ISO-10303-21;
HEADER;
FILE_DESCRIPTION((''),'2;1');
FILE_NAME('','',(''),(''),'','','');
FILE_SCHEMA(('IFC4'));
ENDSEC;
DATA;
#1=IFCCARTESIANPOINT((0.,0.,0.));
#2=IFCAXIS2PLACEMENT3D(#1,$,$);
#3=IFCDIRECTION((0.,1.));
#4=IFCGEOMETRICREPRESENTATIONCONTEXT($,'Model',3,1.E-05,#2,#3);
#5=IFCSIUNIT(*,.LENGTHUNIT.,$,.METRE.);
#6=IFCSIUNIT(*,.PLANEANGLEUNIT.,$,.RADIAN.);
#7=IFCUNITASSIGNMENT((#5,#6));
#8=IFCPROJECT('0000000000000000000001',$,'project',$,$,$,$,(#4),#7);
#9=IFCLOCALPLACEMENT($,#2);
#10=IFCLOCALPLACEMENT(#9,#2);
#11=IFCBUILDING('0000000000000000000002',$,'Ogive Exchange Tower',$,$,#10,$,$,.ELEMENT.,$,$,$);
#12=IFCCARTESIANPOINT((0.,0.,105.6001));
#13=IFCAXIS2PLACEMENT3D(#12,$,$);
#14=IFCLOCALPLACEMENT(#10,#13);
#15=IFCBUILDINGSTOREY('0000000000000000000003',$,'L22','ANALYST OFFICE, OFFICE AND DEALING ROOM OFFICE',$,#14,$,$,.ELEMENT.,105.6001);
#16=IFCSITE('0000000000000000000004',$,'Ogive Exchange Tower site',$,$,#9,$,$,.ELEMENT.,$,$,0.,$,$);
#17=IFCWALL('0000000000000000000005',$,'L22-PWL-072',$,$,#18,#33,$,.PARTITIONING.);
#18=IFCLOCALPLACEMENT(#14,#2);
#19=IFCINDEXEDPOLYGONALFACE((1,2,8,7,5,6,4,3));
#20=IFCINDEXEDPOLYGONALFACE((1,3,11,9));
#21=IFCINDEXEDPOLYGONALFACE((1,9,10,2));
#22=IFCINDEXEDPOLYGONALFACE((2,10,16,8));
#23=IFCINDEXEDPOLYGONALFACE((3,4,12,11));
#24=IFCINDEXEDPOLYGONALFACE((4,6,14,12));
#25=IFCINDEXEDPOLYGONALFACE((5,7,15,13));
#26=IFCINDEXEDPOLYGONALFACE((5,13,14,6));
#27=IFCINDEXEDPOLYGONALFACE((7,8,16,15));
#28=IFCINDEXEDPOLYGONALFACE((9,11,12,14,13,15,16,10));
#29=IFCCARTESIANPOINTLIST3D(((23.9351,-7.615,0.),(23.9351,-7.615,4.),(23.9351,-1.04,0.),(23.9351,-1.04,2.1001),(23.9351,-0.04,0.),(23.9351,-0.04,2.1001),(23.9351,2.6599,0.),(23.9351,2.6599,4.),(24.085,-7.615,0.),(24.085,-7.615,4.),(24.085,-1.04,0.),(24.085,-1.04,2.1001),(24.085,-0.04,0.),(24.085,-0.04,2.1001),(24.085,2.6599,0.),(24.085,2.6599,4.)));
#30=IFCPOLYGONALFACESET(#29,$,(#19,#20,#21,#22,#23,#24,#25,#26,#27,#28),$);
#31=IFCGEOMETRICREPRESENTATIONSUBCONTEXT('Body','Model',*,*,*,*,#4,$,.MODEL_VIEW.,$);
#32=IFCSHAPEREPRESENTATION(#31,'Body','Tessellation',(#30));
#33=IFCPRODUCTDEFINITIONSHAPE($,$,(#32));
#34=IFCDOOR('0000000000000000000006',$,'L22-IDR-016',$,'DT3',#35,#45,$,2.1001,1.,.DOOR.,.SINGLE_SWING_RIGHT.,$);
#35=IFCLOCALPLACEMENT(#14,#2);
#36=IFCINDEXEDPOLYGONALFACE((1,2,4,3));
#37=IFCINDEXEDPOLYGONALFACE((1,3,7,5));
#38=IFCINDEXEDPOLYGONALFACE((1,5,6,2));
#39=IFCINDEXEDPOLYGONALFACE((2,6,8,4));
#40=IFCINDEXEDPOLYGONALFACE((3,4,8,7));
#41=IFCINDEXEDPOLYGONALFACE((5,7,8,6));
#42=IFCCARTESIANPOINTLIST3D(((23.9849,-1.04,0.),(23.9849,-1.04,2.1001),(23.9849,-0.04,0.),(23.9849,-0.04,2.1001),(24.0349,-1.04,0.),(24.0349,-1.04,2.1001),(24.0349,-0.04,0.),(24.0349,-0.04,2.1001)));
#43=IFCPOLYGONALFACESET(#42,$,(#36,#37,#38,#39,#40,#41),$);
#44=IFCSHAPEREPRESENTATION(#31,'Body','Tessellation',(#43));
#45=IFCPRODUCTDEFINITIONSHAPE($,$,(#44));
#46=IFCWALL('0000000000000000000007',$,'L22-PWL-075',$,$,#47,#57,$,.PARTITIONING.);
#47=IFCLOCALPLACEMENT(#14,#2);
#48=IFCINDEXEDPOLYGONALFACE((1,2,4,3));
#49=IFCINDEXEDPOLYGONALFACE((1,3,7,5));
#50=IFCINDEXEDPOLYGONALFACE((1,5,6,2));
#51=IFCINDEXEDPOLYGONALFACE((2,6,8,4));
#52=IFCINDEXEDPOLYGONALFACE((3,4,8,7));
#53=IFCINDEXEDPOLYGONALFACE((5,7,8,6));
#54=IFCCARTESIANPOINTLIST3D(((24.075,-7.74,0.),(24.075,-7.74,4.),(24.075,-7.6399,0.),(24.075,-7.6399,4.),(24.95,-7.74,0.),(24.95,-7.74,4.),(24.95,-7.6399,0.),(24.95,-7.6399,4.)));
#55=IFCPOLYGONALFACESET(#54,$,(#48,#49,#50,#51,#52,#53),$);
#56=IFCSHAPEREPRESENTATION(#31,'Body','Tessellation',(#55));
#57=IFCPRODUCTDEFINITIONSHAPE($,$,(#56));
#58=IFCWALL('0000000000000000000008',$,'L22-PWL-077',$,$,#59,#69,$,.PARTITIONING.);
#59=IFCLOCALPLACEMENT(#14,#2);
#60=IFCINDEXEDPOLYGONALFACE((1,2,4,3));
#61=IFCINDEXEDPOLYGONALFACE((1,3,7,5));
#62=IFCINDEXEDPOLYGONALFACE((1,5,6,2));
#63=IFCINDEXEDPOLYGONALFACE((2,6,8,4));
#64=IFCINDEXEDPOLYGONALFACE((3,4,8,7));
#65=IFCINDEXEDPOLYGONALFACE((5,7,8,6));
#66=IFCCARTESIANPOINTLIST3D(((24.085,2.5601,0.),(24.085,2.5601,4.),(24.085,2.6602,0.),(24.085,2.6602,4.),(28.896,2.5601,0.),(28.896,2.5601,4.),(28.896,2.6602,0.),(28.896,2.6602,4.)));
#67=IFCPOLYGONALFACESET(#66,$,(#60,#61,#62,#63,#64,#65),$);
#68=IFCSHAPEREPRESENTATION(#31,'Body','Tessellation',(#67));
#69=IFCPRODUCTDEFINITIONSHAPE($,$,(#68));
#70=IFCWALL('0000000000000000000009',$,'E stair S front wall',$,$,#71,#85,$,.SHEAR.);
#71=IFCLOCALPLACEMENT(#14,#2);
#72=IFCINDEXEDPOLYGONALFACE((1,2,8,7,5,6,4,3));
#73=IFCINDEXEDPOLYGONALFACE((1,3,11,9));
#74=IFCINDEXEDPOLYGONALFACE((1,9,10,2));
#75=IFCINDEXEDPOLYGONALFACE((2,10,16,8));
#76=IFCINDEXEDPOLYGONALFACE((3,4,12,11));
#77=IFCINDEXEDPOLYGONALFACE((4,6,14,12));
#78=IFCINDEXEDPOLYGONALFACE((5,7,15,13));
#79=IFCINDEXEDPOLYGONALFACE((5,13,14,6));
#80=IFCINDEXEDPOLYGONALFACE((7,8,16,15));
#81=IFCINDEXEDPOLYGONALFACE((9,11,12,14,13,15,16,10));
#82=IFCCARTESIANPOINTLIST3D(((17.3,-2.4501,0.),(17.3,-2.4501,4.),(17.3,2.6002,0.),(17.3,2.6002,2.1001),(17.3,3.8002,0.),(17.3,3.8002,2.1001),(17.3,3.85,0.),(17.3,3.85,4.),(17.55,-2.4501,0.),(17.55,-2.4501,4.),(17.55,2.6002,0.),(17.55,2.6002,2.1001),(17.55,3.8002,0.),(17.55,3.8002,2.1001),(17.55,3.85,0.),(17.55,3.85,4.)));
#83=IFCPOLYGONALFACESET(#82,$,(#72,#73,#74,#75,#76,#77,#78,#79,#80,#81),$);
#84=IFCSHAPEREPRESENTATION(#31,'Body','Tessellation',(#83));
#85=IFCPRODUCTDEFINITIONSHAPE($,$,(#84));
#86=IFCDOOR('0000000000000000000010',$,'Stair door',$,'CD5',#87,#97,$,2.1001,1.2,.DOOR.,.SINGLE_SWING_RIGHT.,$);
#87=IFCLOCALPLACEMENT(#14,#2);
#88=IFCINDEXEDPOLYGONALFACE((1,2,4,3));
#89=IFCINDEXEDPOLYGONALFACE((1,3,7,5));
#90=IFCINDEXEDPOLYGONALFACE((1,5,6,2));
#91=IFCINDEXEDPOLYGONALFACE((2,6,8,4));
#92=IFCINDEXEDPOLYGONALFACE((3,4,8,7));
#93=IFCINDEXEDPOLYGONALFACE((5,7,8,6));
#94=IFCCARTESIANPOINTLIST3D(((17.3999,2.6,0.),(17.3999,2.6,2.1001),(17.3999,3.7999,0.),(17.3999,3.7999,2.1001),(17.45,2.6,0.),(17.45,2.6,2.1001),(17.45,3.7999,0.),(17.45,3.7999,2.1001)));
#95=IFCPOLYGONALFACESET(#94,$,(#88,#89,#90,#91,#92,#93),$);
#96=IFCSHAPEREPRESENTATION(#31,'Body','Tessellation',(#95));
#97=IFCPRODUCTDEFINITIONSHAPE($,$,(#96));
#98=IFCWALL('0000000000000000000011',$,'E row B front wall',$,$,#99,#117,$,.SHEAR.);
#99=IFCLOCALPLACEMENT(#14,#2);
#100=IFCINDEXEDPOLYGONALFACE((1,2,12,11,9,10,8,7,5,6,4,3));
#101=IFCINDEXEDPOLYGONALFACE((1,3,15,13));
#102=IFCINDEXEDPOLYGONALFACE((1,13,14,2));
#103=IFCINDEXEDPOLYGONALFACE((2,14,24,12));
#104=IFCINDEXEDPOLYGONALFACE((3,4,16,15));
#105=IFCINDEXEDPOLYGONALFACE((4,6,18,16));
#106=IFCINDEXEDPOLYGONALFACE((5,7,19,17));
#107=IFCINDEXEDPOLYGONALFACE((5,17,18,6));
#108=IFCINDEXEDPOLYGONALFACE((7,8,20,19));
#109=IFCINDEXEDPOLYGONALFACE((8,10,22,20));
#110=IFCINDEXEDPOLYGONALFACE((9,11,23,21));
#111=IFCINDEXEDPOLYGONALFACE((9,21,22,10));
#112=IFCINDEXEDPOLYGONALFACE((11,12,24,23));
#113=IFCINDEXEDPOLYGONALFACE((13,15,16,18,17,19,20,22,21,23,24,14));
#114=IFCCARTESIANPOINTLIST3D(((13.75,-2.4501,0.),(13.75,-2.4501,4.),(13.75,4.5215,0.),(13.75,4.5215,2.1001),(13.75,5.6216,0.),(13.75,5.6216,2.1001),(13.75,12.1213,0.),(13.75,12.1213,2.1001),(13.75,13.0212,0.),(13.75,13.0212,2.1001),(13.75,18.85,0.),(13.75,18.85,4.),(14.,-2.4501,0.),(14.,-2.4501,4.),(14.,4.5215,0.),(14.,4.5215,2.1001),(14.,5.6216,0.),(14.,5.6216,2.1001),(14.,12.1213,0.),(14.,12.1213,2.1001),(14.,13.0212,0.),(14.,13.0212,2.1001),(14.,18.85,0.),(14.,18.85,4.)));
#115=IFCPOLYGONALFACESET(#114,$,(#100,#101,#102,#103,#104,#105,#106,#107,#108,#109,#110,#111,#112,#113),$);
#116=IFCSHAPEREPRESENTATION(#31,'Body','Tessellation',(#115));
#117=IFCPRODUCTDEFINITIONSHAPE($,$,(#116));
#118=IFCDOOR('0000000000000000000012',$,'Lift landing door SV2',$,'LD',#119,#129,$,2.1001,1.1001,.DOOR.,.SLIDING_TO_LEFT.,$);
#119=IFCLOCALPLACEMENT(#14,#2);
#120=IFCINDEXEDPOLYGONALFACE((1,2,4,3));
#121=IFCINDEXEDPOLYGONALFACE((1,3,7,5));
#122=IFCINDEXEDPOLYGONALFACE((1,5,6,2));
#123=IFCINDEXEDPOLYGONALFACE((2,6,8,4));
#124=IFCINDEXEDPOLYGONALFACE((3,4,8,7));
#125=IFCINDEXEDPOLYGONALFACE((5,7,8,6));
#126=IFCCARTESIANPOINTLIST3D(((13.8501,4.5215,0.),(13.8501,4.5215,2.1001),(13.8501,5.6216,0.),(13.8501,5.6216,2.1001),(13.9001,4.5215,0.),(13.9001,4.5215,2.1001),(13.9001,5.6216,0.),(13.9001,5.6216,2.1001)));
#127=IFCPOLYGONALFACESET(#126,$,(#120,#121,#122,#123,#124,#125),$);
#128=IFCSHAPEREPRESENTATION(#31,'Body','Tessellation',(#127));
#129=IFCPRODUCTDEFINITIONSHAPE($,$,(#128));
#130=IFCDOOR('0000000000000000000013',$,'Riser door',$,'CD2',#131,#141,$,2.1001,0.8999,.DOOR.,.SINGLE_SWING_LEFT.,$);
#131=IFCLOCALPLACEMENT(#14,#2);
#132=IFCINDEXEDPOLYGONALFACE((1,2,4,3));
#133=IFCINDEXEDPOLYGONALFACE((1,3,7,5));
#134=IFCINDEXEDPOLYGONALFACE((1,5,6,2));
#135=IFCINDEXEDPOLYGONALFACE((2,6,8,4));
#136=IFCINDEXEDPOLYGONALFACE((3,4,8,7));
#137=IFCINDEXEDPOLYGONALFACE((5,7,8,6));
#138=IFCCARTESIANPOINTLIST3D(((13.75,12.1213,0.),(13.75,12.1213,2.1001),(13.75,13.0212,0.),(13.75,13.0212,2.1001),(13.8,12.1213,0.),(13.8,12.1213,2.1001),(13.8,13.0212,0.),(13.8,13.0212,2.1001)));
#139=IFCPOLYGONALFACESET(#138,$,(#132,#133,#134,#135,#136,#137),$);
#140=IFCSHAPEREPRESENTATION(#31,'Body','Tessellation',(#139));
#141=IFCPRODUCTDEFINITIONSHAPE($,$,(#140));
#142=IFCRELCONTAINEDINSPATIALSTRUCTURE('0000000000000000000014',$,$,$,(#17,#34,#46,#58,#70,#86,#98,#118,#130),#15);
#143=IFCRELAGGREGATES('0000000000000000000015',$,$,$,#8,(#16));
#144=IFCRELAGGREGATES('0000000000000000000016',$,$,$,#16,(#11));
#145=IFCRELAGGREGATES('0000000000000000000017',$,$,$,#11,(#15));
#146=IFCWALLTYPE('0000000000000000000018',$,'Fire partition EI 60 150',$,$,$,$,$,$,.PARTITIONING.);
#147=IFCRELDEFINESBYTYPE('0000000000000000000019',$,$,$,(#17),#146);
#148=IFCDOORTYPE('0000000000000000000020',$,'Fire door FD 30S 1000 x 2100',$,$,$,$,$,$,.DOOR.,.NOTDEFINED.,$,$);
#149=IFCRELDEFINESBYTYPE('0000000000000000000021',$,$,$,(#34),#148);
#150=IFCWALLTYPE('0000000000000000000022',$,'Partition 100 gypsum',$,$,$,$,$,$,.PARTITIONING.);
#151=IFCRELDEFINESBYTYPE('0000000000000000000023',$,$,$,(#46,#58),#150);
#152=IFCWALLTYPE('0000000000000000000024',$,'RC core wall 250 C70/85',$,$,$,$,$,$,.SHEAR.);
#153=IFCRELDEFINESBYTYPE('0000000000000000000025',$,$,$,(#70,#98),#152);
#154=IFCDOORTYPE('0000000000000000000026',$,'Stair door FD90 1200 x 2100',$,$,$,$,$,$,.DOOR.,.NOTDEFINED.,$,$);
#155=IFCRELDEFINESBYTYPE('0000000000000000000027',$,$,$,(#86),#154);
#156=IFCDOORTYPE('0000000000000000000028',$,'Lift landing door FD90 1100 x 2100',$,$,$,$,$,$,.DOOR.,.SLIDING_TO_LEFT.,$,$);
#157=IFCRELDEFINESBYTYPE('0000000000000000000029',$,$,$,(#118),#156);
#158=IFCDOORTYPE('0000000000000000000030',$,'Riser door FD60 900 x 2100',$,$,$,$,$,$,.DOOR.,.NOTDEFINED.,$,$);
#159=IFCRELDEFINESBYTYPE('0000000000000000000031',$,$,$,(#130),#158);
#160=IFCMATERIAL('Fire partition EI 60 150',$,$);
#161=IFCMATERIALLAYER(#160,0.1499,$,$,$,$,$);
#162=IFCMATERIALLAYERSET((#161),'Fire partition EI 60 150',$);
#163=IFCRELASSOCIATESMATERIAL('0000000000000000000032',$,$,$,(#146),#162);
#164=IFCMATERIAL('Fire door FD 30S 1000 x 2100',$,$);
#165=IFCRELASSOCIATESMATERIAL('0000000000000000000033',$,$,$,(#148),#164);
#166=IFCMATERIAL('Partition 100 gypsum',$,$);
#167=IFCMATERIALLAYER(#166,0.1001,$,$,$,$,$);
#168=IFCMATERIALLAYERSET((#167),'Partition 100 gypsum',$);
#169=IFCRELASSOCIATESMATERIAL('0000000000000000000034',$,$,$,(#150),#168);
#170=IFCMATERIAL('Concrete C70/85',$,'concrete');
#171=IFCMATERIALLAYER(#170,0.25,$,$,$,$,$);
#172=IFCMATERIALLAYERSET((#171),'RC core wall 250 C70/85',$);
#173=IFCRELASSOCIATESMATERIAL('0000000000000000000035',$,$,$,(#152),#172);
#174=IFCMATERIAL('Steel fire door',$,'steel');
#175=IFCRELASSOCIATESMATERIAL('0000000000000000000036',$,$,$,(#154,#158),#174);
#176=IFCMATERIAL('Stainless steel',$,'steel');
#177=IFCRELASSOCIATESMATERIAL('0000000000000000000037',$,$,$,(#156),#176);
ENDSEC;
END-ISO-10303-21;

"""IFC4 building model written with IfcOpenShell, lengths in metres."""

from ifc_helpers import new_model, si_unit, direction, frame, frame_2d, origin, place, context, subcontext, project, spatial, rectangle, extrude, material, layer, layer_set, type_object, element, fill, save


model = new_model("IFC4")

# Units and contexts
model_context = context("Model", 3, precision=1e-05, world=origin(), true_north=direction((0.0, 1.0)))
body_context = subcontext(model_context, "Body", "Model", "MODEL_VIEW")
ifc_project = project(units=[si_unit("LENGTHUNIT", "METRE"), si_unit("PLANEANGLEUNIT", "RADIAN")], contexts=[model_context])

# Site, building, storey
site_placement = place(None, origin())
site = spatial("IfcSite", under=ifc_project, at=site_placement, Name="Ogive Exchange Tower site", CompositionType="ELEMENT", RefElevation=0.0)
building_placement = place(site_placement, origin())
building = spatial("IfcBuilding", under=site, at=building_placement, Name="Ogive Exchange Tower", CompositionType="ELEMENT")
storey_placement = place(building_placement, frame((0.0, 0.0, 105.6001)))
storey = spatial("IfcBuildingStorey", under=building, at=storey_placement, Name="L22", Description="ANALYST OFFICE, OFFICE AND DEALING ROOM OFFICE", CompositionType="ELEMENT", Elevation=105.6001)

# Shared definitions
ifc_material_1 = material(Name="Fire partition EI 60 150")
ifc_layer_1 = layer(ifc_material_1, 0.1499)
ifc_layer_set_1 = layer_set([ifc_layer_1], Name="Fire partition EI 60 150")
wall_type_1 = type_object("IfcWallType", Name="Fire partition EI 60 150", PredefinedType="PARTITIONING", material=ifc_layer_set_1)

# Wall, opening, door
ifc_material_2 = material(Name="Fire door FD 30S 1000 x 2100")
door_type_1 = type_object("IfcDoorType", Name="Fire door FD 30S 1000 x 2100", OperationType="NOTDEFINED", PredefinedType="DOOR", material=ifc_material_2)
wall_1_placement = place(storey_placement, frame((24.01, 2.6599, 0.0), z_axis=(0.0, 0.0, 1.0), x_axis=(0.0, -1.0, 0.0)))
wall_1 = element("IfcWall", 1, at=wall_1_placement, inside=storey, type_object=wall_type_1, Name="L22-PWL-072", PredefinedType="PARTITIONING", context=body_context, shape_type="SweptSolid", body=[
    extrude(rectangle(XDim=10.2749, YDim=0.1499, at=frame_2d((5.1375, 0.0))), origin(), (0.0, 0.0, 1.0), 4.0),
])
opening_1_placement = place(wall_1_placement, frame((2.7, 0.0, 0.0)))
opening_1 = element("IfcOpeningElement", 2, at=opening_1_placement, cuts=wall_1, PredefinedType="OPENING", context=body_context, shape_type="SweptSolid", body=[
    extrude(rectangle(XDim=1.0, YDim=2.1001, at=frame_2d((0.5, 1.05))), frame((0.0, 0.085, 0.0), z_axis=(0.0, -1.0, 0.0), x_axis=(1.0, 0.0, 0.0)), (0.0, 0.0, 1.0), 0.1699),
])
door_1_placement = place(opening_1_placement, origin())
door_1 = element("IfcDoor", 3, at=door_1_placement, inside=storey, type_object=door_type_1, Name="L22-IDR-016", ObjectType="DT3", OperationType="SINGLE_SWING_RIGHT", OverallHeight=2.1001, OverallWidth=1.0, PredefinedType="DOOR", context=body_context, shape_type="SweptSolid", body=[
    extrude(rectangle(XDim=1.0, YDim=2.1001, at=frame_2d((0.5, 1.05))), frame((0.0, 0.0249, 0.0), z_axis=(0.0, -1.0, 0.0), x_axis=(1.0, 0.0, 0.0)), (0.0, 0.0, 1.0), 0.05),
])
fill(opening_1, door_1)

# Walls
ifc_material_3 = material(Name="Partition 100 gypsum")
ifc_layer_2 = layer(ifc_material_3, 0.1001)
ifc_layer_set_2 = layer_set([ifc_layer_2], Name="Partition 100 gypsum")
wall_type_2 = type_object("IfcWallType", Name="Partition 100 gypsum", PredefinedType="PARTITIONING", material=ifc_layer_set_2)
wall_2_placement = place(storey_placement, frame((24.95, -7.6899, 0.0), z_axis=(0.0, 0.0, 1.0), x_axis=(-1.0, 0.0, 0.0)))
element("IfcWall", 4, at=wall_2_placement, inside=storey, type_object=wall_type_2, Name="L22-PWL-075", PredefinedType="PARTITIONING", context=body_context, shape_type="SweptSolid", body=[
    extrude(rectangle(XDim=0.875, YDim=0.1001, at=frame_2d((0.4375, 0.0))), origin(), (0.0, 0.0, 1.0), 4.0),
])
wall_3_placement = place(storey_placement, frame((28.896, 2.6101, 0.0), z_axis=(0.0, 0.0, 1.0), x_axis=(-1.0, 0.0, 0.0)))
element("IfcWall", 5, at=wall_3_placement, inside=storey, type_object=wall_type_2, Name="L22-PWL-077", PredefinedType="PARTITIONING", context=body_context, shape_type="SweptSolid", body=[
    extrude(rectangle(XDim=4.811, YDim=0.1001, at=frame_2d((2.4055, 0.0))), origin(), (0.0, 0.0, 1.0), 4.0),
])

# Wall, opening, door
ifc_material_4 = material(Name="Concrete C70/85", Category="concrete")
ifc_layer_3 = layer(ifc_material_4, 0.25)
ifc_layer_set_3 = layer_set([ifc_layer_3], Name="RC core wall 250 C70/85")
wall_type_3 = type_object("IfcWallType", Name="RC core wall 250 C70/85", PredefinedType="SHEAR", material=ifc_layer_set_3)
wall_4_placement = place(storey_placement, frame((17.425, -2.45, 0.0), z_axis=(0.0, 0.0, 1.0), x_axis=(0.0, 1.0, 0.0)))
wall_4 = element("IfcWall", 6, at=wall_4_placement, inside=storey, type_object=wall_type_3, Name="E stair S front wall", PredefinedType="SHEAR", context=body_context, shape_type="SweptSolid", body=[
    extrude(rectangle(XDim=6.3, YDim=0.25, at=frame_2d((3.1499, 0.0))), origin(), (0.0, 0.0, 1.0), 4.0),
])
opening_2_placement = place(wall_4_placement, frame((5.05, 0.0, 0.0)))
opening_2 = element("IfcOpeningElement", 7, at=opening_2_placement, cuts=wall_4, PredefinedType="OPENING", context=body_context, shape_type="SweptSolid", body=[
    extrude(rectangle(XDim=1.2, YDim=2.1001, at=frame_2d((0.6001, 1.05))), frame((0.0, 0.135, 0.0), z_axis=(0.0, -1.0, 0.0), x_axis=(1.0, 0.0, 0.0)), (0.0, 0.0, 1.0), 0.27),
])
ifc_material_5 = material(Name="Steel fire door", Category="steel")
door_type_2 = type_object("IfcDoorType", Name="Stair door FD90 1200 x 2100", OperationType="NOTDEFINED", PredefinedType="DOOR", material=ifc_material_5)
door_2_placement = place(opening_2_placement, frame((1.2, 0.0, 0.0), z_axis=(0.0, 0.0, 1.0), x_axis=(-1.0, 0.0, 0.0)))
door_2 = element("IfcDoor", 8, at=door_2_placement, inside=storey, type_object=door_type_2, Name="Stair door", ObjectType="CD5", OperationType="SINGLE_SWING_RIGHT", OverallHeight=2.1001, OverallWidth=1.2, PredefinedType="DOOR", context=body_context, shape_type="SweptSolid", body=[
    extrude(rectangle(XDim=1.2, YDim=2.1001, at=frame_2d((0.6001, 1.05))), frame((0.0, 0.0249, 0.0), z_axis=(0.0, -1.0, 0.0), x_axis=(1.0, 0.0, 0.0)), (0.0, 0.0, 1.0), 0.05),
])
fill(opening_2, door_2)

# Wall, openings, doors
wall_5_placement = place(storey_placement, frame((13.875, -2.45, 0.0), z_axis=(0.0, 0.0, 1.0), x_axis=(0.0, 1.0, 0.0)))
wall_5 = element("IfcWall", 9, at=wall_5_placement, inside=storey, type_object=wall_type_3, Name="E row B front wall", PredefinedType="SHEAR", context=body_context, shape_type="SweptSolid", body=[
    extrude(rectangle(XDim=21.3, YDim=0.25, at=frame_2d((10.6499, 0.0))), origin(), (0.0, 0.0, 1.0), 4.0),
])
opening_3_placement = place(wall_5_placement, frame((14.5713, 0.0, 0.0)))
opening_3 = element("IfcOpeningElement", 10, at=opening_3_placement, cuts=wall_5, PredefinedType="OPENING", context=body_context, shape_type="SweptSolid", body=[
    extrude(rectangle(XDim=0.8999, YDim=2.1001, at=frame_2d((0.45, 1.05))), frame((0.0, 0.135, 0.0), z_axis=(0.0, -1.0, 0.0), x_axis=(1.0, 0.0, 0.0)), (0.0, 0.0, 1.0), 0.27),
])
opening_4_placement = place(wall_5_placement, frame((6.9714, 0.0, 0.0)))
opening_4 = element("IfcOpeningElement", 11, at=opening_4_placement, cuts=wall_5, PredefinedType="OPENING", context=body_context, shape_type="SweptSolid", body=[
    extrude(rectangle(XDim=1.1001, YDim=2.1001, at=frame_2d((0.55, 1.05))), frame((0.0, 0.135, 0.0), z_axis=(0.0, -1.0, 0.0), x_axis=(1.0, 0.0, 0.0)), (0.0, 0.0, 1.0), 0.27),
])
ifc_material_6 = material(Name="Stainless steel", Category="steel")
door_type_3 = type_object("IfcDoorType", Name="Lift landing door FD90 1100 x 2100", OperationType="SLIDING_TO_LEFT", PredefinedType="DOOR", material=ifc_material_6)
door_3_placement = place(opening_4_placement, origin())
door_3 = element("IfcDoor", 12, at=door_3_placement, inside=storey, type_object=door_type_3, Name="Lift landing door SV2", ObjectType="LD", OperationType="SLIDING_TO_LEFT", OverallHeight=2.1001, OverallWidth=1.1001, PredefinedType="DOOR", context=body_context, shape_type="SweptSolid", body=[
    extrude(rectangle(XDim=1.1001, YDim=2.1001, at=frame_2d((0.55, 1.05))), frame((0.0, 0.0249, 0.0), z_axis=(0.0, -1.0, 0.0), x_axis=(1.0, 0.0, 0.0)), (0.0, 0.0, 1.0), 0.05),
])
fill(opening_4, door_3)
door_type_4 = type_object("IfcDoorType", Name="Riser door FD60 900 x 2100", OperationType="NOTDEFINED", PredefinedType="DOOR", material=ifc_material_5)
door_4_placement = place(opening_3_placement, origin())
door_4 = element("IfcDoor", 13, at=door_4_placement, inside=storey, type_object=door_type_4, Name="Riser door", ObjectType="CD2", OperationType="SINGLE_SWING_LEFT", OverallHeight=2.1001, OverallWidth=0.8999, PredefinedType="DOOR", context=body_context, shape_type="SweptSolid", body=[
    extrude(rectangle(XDim=0.8999, YDim=2.1001, at=frame_2d((0.45, 1.05))), frame((0.0, 0.125, 0.0), z_axis=(0.0, -1.0, 0.0), x_axis=(1.0, 0.0, 0.0)), (0.0, 0.0, 1.0), 0.05),
])
fill(opening_3, door_4)

save(model, "model.ifc")
